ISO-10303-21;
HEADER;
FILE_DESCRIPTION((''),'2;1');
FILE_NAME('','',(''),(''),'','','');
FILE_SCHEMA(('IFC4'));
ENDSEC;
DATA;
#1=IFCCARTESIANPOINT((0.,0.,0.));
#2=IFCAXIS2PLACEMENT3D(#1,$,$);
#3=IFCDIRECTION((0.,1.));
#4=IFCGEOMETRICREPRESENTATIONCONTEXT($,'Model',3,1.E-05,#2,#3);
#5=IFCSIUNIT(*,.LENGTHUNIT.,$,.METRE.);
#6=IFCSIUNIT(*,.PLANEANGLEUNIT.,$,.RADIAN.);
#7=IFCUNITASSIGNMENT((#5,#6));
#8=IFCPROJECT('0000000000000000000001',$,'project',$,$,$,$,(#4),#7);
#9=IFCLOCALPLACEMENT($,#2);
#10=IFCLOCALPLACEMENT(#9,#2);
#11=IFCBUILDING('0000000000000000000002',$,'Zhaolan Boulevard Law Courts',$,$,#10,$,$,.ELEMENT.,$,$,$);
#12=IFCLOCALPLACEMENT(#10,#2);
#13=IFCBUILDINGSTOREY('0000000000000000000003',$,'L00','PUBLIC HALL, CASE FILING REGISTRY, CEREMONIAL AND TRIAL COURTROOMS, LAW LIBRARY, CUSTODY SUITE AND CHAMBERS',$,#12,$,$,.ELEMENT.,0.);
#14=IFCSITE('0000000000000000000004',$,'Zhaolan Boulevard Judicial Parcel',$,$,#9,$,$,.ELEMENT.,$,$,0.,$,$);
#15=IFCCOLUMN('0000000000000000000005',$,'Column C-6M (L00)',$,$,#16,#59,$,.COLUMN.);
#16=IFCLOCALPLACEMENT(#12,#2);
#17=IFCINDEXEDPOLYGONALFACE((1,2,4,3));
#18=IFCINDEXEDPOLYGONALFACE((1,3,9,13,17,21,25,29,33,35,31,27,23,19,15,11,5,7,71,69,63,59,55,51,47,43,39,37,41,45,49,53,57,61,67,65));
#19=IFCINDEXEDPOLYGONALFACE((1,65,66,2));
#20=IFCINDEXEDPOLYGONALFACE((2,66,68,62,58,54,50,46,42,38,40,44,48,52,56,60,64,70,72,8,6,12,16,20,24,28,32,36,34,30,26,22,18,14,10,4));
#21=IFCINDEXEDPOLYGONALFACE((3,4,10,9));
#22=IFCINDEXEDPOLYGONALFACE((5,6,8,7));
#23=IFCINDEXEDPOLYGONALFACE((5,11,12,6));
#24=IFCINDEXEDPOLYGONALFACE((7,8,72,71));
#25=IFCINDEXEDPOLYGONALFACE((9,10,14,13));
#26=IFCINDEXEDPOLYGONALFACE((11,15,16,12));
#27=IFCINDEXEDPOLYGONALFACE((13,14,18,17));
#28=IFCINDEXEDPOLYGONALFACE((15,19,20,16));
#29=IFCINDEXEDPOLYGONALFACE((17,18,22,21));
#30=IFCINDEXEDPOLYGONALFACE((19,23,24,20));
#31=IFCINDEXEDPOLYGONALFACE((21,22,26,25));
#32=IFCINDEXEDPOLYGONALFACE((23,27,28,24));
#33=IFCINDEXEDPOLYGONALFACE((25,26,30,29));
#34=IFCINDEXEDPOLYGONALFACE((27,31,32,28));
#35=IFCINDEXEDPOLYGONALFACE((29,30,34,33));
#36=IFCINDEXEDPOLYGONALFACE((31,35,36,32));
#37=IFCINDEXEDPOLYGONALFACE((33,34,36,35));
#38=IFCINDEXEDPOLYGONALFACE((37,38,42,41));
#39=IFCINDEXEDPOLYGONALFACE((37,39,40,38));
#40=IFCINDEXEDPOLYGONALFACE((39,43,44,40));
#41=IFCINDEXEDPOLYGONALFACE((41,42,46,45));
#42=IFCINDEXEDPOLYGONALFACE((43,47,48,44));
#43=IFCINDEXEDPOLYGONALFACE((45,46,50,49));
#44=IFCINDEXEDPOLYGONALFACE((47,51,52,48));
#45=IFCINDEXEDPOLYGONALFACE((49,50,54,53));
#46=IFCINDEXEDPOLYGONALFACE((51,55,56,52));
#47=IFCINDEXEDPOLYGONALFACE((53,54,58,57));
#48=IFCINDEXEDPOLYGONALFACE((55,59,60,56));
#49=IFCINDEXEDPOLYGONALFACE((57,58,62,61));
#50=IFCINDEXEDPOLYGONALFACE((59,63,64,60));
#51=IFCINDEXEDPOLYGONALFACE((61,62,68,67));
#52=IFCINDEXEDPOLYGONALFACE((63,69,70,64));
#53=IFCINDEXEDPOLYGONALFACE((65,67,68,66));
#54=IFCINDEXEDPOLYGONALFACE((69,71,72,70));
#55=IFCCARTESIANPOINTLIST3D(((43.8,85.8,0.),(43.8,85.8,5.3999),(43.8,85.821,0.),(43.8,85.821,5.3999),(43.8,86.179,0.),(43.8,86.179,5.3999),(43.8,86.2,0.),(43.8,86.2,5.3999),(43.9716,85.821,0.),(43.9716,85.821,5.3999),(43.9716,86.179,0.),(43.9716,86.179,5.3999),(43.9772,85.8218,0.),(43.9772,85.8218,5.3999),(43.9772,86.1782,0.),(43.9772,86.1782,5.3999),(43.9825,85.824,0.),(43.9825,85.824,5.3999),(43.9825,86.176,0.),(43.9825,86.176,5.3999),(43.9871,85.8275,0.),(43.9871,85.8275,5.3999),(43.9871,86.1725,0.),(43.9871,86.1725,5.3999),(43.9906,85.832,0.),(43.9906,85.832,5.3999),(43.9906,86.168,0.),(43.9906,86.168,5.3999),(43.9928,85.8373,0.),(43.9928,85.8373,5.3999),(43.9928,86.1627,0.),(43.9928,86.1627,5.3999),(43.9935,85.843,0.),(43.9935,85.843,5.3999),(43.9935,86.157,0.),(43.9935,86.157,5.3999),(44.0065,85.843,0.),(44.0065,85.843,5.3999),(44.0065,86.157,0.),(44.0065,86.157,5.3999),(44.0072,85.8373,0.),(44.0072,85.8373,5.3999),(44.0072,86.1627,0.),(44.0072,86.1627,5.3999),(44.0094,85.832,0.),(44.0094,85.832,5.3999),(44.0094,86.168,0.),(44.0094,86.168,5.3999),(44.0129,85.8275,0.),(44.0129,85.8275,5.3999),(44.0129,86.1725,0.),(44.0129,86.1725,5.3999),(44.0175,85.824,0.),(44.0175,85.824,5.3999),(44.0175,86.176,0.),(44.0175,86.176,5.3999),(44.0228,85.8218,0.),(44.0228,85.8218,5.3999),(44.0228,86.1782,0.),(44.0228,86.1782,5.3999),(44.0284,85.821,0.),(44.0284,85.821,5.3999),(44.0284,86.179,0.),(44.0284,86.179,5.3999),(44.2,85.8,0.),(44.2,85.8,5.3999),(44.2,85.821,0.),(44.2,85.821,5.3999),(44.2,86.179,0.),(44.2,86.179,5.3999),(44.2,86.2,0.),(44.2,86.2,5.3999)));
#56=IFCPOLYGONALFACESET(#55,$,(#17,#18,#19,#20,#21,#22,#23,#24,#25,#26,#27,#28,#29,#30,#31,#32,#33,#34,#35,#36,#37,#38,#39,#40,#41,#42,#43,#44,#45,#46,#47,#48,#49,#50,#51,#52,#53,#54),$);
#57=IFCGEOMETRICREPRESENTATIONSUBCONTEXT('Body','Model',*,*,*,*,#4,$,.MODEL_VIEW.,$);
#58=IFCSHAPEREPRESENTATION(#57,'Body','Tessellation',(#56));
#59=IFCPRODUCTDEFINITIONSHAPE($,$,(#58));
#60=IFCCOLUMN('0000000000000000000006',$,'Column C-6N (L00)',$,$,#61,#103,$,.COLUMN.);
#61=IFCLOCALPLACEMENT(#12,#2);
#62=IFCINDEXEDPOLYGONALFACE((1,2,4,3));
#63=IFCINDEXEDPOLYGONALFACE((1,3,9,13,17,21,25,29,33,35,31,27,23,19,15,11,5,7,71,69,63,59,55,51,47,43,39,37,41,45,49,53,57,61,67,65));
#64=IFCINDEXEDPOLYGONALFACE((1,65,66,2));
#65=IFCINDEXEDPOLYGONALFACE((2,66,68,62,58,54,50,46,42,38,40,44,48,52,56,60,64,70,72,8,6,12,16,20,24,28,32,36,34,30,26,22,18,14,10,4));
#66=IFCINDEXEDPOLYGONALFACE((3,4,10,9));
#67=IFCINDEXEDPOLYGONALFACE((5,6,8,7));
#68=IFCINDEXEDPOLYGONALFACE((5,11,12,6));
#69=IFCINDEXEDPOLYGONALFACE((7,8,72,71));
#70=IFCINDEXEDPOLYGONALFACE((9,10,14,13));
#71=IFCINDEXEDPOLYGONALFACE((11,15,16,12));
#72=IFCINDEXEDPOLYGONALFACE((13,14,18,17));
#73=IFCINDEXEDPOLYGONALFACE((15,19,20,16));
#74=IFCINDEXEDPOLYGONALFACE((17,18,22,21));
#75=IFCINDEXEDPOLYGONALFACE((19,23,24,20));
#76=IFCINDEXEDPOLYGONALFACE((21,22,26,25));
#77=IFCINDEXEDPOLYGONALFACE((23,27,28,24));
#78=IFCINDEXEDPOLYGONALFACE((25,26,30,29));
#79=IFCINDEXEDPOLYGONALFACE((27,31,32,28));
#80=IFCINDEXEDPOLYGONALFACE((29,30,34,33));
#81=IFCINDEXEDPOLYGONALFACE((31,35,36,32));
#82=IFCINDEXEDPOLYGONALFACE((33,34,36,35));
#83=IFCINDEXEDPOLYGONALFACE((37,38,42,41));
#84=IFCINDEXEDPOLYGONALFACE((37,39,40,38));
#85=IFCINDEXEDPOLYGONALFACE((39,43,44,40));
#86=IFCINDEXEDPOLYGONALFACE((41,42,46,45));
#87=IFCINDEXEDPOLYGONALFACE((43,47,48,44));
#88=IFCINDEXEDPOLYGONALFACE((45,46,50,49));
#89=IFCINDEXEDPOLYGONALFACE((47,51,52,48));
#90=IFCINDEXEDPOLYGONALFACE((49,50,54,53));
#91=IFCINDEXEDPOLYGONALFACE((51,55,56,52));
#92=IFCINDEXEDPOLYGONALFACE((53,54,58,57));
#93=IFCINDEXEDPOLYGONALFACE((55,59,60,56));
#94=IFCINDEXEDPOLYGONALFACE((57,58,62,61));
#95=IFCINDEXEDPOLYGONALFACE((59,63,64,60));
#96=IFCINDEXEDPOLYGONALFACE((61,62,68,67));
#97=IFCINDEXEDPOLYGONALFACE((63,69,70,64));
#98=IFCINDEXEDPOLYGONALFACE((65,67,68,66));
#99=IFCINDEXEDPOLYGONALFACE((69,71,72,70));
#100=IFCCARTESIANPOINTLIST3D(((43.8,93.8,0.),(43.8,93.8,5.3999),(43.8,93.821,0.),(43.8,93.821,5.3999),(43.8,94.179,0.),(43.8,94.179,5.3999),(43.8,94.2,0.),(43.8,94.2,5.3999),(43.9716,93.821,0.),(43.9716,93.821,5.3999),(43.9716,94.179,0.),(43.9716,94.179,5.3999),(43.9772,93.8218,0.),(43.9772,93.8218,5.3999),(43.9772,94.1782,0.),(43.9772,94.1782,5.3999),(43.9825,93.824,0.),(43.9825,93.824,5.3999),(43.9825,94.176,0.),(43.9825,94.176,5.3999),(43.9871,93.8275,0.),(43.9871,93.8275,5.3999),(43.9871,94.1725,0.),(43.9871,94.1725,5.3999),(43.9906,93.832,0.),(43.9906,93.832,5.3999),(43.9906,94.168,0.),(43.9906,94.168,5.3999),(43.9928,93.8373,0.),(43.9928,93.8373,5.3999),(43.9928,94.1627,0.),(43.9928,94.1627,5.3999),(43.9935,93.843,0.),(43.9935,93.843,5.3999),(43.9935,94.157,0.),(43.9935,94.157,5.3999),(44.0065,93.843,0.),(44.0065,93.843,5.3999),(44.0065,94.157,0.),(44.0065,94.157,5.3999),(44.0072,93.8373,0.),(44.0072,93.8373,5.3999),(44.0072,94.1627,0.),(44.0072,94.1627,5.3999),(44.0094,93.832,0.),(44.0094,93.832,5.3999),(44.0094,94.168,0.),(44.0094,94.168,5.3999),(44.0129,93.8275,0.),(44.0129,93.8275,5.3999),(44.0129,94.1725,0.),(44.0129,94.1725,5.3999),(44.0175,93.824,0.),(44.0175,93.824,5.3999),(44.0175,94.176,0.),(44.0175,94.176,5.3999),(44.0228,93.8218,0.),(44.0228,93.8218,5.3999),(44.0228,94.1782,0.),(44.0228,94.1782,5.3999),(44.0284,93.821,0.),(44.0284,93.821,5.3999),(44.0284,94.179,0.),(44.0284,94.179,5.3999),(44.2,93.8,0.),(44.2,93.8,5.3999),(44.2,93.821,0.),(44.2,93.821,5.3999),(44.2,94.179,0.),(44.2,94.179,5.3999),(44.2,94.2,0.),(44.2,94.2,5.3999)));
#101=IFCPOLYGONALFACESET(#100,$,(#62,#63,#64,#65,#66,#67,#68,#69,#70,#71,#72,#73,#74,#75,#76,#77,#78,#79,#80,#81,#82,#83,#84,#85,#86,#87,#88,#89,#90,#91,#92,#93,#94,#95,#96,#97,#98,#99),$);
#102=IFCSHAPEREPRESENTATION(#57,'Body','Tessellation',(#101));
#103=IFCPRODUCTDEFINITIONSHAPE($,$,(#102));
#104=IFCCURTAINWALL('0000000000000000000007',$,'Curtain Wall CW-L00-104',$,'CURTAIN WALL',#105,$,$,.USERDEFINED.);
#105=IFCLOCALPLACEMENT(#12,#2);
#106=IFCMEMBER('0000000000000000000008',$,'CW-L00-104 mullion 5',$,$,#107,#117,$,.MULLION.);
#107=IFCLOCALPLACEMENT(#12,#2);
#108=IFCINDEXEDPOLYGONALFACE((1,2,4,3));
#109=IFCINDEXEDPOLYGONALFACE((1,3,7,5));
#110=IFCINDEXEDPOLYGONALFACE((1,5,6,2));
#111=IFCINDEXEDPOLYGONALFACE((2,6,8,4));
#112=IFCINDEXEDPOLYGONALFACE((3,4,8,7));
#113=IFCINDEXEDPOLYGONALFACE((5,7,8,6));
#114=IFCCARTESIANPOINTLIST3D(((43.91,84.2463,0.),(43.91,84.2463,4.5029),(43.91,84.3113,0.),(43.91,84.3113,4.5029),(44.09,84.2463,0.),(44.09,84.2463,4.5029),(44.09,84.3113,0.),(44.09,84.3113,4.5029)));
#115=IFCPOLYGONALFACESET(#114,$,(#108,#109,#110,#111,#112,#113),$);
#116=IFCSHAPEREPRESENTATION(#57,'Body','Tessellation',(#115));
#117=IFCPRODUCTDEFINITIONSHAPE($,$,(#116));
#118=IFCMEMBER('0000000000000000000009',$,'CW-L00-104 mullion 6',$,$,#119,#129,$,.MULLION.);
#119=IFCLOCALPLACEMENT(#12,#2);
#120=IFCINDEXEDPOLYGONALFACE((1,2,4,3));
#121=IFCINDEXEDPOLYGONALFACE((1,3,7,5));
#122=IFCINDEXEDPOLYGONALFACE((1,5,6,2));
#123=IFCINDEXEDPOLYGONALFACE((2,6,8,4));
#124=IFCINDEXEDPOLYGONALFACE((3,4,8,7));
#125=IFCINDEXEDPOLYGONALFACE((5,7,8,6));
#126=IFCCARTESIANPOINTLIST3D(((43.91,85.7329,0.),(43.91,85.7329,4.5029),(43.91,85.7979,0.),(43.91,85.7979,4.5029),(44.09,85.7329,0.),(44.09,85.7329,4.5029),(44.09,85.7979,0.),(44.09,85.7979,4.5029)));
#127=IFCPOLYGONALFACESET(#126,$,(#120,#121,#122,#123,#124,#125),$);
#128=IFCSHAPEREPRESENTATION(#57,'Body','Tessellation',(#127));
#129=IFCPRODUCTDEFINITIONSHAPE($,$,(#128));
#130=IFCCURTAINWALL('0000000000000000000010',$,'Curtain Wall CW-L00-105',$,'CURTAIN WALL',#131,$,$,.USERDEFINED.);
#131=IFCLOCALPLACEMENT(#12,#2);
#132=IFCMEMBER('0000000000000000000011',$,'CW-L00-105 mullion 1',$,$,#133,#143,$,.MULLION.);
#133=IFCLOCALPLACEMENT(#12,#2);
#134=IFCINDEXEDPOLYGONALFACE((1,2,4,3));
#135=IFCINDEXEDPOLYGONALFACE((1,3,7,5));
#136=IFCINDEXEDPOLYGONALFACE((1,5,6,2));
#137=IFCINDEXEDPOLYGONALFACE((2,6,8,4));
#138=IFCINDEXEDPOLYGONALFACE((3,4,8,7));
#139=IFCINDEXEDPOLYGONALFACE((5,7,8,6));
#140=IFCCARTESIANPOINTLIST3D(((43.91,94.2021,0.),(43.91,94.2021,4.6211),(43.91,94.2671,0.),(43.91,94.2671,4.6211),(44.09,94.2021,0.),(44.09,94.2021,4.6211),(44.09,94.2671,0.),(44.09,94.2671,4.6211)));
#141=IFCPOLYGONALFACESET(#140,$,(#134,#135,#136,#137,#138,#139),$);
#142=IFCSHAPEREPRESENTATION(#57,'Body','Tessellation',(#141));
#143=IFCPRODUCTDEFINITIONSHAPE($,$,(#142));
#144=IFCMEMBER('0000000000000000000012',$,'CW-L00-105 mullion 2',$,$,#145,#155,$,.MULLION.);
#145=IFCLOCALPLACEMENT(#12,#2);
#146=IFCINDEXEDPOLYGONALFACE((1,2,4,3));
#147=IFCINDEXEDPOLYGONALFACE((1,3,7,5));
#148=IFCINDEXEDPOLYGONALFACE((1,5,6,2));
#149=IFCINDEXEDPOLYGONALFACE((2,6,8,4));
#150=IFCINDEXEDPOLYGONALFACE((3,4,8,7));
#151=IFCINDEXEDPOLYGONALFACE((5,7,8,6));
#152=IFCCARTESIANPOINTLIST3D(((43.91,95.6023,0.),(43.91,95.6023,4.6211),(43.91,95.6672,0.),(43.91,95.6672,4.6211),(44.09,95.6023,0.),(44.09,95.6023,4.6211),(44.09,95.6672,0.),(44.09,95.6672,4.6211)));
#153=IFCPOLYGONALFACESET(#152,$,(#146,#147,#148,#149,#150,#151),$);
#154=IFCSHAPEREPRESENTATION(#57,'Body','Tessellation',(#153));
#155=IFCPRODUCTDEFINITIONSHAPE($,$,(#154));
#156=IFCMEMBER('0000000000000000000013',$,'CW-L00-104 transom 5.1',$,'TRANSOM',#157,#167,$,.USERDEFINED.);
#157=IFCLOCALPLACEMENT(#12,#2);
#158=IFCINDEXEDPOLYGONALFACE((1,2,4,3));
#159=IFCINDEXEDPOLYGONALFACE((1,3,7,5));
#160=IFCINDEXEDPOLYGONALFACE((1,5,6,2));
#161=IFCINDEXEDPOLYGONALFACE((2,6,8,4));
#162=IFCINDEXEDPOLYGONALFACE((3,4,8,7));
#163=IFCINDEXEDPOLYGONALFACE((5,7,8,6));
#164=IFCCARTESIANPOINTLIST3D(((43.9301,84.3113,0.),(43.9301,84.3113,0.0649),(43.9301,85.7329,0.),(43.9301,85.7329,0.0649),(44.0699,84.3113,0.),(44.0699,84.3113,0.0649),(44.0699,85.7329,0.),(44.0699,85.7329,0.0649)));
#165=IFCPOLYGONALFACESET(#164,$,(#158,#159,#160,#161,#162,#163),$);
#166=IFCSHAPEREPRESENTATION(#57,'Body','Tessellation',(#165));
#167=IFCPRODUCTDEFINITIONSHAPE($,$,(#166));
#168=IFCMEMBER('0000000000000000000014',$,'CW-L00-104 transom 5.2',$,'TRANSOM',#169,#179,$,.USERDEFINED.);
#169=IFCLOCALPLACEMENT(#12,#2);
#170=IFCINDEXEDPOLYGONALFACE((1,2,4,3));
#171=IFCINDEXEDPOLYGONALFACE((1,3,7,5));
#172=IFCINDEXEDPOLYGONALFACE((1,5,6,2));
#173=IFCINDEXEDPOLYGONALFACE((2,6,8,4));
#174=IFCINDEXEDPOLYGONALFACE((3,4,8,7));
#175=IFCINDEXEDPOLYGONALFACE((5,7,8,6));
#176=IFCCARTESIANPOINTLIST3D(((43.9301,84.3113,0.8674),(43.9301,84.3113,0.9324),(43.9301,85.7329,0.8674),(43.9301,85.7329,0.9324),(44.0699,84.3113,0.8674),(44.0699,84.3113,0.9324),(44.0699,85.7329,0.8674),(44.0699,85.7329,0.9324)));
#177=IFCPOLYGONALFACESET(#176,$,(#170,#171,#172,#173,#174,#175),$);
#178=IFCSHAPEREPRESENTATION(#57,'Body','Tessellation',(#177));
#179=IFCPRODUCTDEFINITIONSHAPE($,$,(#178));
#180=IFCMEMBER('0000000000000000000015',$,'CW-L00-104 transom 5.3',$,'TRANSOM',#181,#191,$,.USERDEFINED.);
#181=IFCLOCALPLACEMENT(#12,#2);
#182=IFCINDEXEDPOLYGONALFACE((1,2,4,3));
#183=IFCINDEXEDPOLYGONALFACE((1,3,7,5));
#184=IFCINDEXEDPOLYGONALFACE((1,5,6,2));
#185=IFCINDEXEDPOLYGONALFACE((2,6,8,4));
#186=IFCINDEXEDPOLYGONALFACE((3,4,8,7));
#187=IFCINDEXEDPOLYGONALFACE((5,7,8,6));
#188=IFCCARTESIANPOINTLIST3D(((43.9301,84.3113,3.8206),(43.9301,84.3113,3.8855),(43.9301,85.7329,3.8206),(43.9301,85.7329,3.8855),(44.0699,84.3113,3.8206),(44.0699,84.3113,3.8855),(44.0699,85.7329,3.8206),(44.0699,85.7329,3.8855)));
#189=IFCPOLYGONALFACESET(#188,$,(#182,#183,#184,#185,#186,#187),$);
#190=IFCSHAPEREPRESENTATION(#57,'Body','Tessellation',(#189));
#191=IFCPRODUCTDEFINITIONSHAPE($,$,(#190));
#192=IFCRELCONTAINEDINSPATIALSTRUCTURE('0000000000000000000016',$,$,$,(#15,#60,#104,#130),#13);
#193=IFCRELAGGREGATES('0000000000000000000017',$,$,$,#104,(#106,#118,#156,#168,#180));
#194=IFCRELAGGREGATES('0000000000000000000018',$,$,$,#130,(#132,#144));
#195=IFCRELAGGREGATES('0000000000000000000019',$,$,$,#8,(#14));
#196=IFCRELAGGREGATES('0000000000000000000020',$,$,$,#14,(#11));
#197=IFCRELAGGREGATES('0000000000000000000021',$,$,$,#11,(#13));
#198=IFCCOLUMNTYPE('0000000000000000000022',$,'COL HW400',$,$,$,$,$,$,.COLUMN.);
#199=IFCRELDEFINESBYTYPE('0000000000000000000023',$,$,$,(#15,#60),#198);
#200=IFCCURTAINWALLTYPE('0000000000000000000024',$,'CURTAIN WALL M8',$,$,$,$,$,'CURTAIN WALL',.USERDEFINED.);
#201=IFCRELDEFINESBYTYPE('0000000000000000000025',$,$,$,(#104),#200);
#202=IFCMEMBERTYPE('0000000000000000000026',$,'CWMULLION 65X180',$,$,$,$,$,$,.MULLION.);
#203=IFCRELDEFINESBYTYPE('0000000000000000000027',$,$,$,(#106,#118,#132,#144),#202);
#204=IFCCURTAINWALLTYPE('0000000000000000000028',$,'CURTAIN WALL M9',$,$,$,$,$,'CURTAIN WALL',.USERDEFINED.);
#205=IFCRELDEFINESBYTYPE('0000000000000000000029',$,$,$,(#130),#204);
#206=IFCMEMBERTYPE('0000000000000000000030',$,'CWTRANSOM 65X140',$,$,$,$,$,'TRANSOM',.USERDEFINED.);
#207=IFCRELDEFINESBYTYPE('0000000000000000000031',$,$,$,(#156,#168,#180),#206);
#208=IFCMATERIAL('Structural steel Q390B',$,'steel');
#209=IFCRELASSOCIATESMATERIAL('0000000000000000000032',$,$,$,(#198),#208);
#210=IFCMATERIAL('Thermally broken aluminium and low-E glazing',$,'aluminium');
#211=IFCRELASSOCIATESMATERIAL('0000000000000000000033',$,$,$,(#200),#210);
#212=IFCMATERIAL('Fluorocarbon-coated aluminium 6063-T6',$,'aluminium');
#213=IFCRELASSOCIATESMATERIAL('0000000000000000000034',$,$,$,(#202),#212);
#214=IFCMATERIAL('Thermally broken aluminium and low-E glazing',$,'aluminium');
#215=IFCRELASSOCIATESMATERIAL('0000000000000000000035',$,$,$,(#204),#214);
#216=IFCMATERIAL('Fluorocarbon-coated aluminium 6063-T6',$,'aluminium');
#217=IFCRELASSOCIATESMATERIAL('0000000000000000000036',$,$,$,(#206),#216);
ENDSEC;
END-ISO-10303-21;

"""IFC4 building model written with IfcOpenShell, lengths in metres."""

from ifc_helpers import new_model, si_unit, direction, frame, origin, origin_2d, place, context, subcontext, project, spatial, rectangle, i_section, extrude, material, material_profile, profile_set, type_object, element, aggregate, save


model = new_model("IFC4")

# Units and contexts
model_context = context("Model", 3, precision=1e-05, world=origin(), true_north=direction((0.0, 1.0)))
body_context = subcontext(model_context, "Body", "Model", "MODEL_VIEW")
ifc_project = project(units=[si_unit("LENGTHUNIT", "METRE"), si_unit("PLANEANGLEUNIT", "RADIAN")], contexts=[model_context])

# Site, building, storey
site_placement = place(None, origin())
site = spatial("IfcSite", under=ifc_project, at=site_placement, Name="Zhaolan Boulevard Judicial Parcel", CompositionType="ELEMENT", RefElevation=0.0)
building_placement = place(site_placement, origin())
building = spatial("IfcBuilding", under=site, at=building_placement, Name="Zhaolan Boulevard Law Courts", CompositionType="ELEMENT")
storey_placement = place(building_placement, origin())
storey = spatial("IfcBuildingStorey", under=building, at=storey_placement, Name="L00", Description="PUBLIC HALL, CASE FILING REGISTRY, CEREMONIAL AND TRIAL COURTROOMS, LAW LIBRARY, CUSTODY SUITE AND CHAMBERS", CompositionType="ELEMENT", Elevation=0.0)

# Columns
ifc_material_1 = material(Name="Structural steel Q390B", Category="steel")
ifc_material_profile_1 = material_profile(ifc_material_1, i_section(OverallWidth=0.3999, OverallDepth=0.3999, WebThickness=0.0129, FlangeThickness=0.021, FilletRadius=0.022, at=origin_2d()), Name="HW400x400")
ifc_profile_set_1 = profile_set([ifc_material_profile_1], Name="Structural steel Q390B")
column_type = type_object("IfcColumnType", Name="COL HW400", PredefinedType="COLUMN", material=ifc_profile_set_1)
for number, where, z_axis, x_axis, name in (
    (1, (44.0, 86.0, 0.0), (0.0, 0.0, 1.0), (1.0, 0.0, 0.0), "Column C-6M (L00)"),
    (2, (44.0, 94.0, 0.0), (0.0, 0.0, 1.0), (1.0, 0.0, 0.0), "Column C-6N (L00)"),
):
    element("IfcColumn", number, at=place(storey_placement, frame(where, z_axis=z_axis, x_axis=x_axis)), inside=storey, type_object=column_type, Name=name, PredefinedType="COLUMN", context=body_context, shape_type="SweptSolid", body=[
        extrude(i_section(OverallWidth=0.3999, OverallDepth=0.3999, WebThickness=0.0129, FlangeThickness=0.021, FilletRadius=0.022, at=origin_2d()), origin(), (0.0, 0.0, 1.0), 5.3999),
    ])

# Curtain walls, members
ifc_material_2 = material(Name="Thermally broken aluminium and low-E glazing", Category="aluminium")
curtain_wall_type_1 = type_object("IfcCurtainWallType", Name="CURTAIN WALL M8", ElementType="CURTAIN WALL", PredefinedType="USERDEFINED", material=ifc_material_2)
curtain_wall_1_placement = place(storey_placement, origin())
curtain_wall_1 = element("IfcCurtainWall", 3, at=curtain_wall_1_placement, inside=storey, type_object=curtain_wall_type_1, Name="Curtain Wall CW-L00-104", ObjectType="CURTAIN WALL", PredefinedType="USERDEFINED")
ifc_material_3 = material(Name="Fluorocarbon-coated aluminium 6063-T6", Category="aluminium")
ifc_material_profile_2 = material_profile(ifc_material_3, rectangle(XDim=0.1799, YDim=0.0649, at=origin_2d()), Name="AL65x180")
ifc_profile_set_2 = profile_set([ifc_material_profile_2], Name="Fluorocarbon-coated aluminium 6063-T6")
member_type_1 = type_object("IfcMemberType", Name="CWMULLION 65X180", PredefinedType="MULLION", material=ifc_profile_set_2)
member_1_placement = place(storey_placement, frame((44.0, 84.2788, 0.0), z_axis=(0.0, 0.0, 1.0), x_axis=(-1.0, 0.0, 0.0)))
member_1 = element("IfcMember", 4, at=member_1_placement, type_object=member_type_1, Name="CW-L00-104 mullion 5", PredefinedType="MULLION", context=body_context, shape_type="SweptSolid", body=[
    extrude(rectangle(XDim=0.1799, YDim=0.0649, at=origin_2d()), origin(), (0.0, 0.0, 1.0), 4.5029),
])
member_2_placement = place(storey_placement, frame((44.0, 85.7654, 0.0), z_axis=(0.0, 0.0, 1.0), x_axis=(-1.0, 0.0, 0.0)))
member_2 = element("IfcMember", 5, at=member_2_placement, type_object=member_type_1, Name="CW-L00-104 mullion 6", PredefinedType="MULLION", context=body_context, shape_type="SweptSolid", body=[
    extrude(rectangle(XDim=0.1799, YDim=0.0649, at=origin_2d()), origin(), (0.0, 0.0, 1.0), 4.5029),
])
ifc_material_4 = material(Name="Thermally broken aluminium and low-E glazing", Category="aluminium")
curtain_wall_type_2 = type_object("IfcCurtainWallType", Name="CURTAIN WALL M9", ElementType="CURTAIN WALL", PredefinedType="USERDEFINED", material=ifc_material_4)
curtain_wall_2_placement = place(storey_placement, origin())
curtain_wall_2 = element("IfcCurtainWall", 6, at=curtain_wall_2_placement, inside=storey, type_object=curtain_wall_type_2, Name="Curtain Wall CW-L00-105", ObjectType="CURTAIN WALL", PredefinedType="USERDEFINED")
member_3_placement = place(storey_placement, frame((44.0, 94.2346, 0.0), z_axis=(0.0, 0.0, 1.0), x_axis=(-1.0, 0.0, 0.0)))
member_3 = element("IfcMember", 7, at=member_3_placement, type_object=member_type_1, Name="CW-L00-105 mullion 1", PredefinedType="MULLION", context=body_context, shape_type="SweptSolid", body=[
    extrude(rectangle(XDim=0.1799, YDim=0.0649, at=origin_2d()), origin(), (0.0, 0.0, 1.0), 4.6211),
])
member_4_placement = place(storey_placement, frame((44.0, 95.6348, 0.0), z_axis=(0.0, 0.0, 1.0), x_axis=(-1.0, 0.0, 0.0)))
member_4 = element("IfcMember", 8, at=member_4_placement, type_object=member_type_1, Name="CW-L00-105 mullion 2", PredefinedType="MULLION", context=body_context, shape_type="SweptSolid", body=[
    extrude(rectangle(XDim=0.1799, YDim=0.0649, at=origin_2d()), origin(), (0.0, 0.0, 1.0), 4.6211),
])

# Members
ifc_material_5 = material(Name="Fluorocarbon-coated aluminium 6063-T6", Category="aluminium")
ifc_material_profile_3 = material_profile(ifc_material_5, rectangle(XDim=0.1399, YDim=0.0649, at=origin_2d()), Name="AL65x140")
ifc_profile_set_3 = profile_set([ifc_material_profile_3], Name="Fluorocarbon-coated aluminium 6063-T6")
member_type_2 = type_object("IfcMemberType", Name="CWTRANSOM 65X140", ElementType="TRANSOM", PredefinedType="USERDEFINED", material=ifc_profile_set_3)
member_5_placement = place(storey_placement, frame((44.0, 84.3113, 0.0325), z_axis=(0.0, 1.0, 0.0), x_axis=(-1.0, 0.0, 0.0)))
member_5 = element("IfcMember", 9, at=member_5_placement, type_object=member_type_2, Name="CW-L00-104 transom 5.1", ObjectType="TRANSOM", PredefinedType="USERDEFINED", context=body_context, shape_type="SweptSolid", body=[
    extrude(rectangle(XDim=0.1399, YDim=0.0649, at=origin_2d()), origin(), (0.0, 0.0, 1.0), 1.4216),
])
member_6_placement = place(storey_placement, frame((44.0, 84.3113, 0.8999), z_axis=(0.0, 1.0, 0.0), x_axis=(-1.0, 0.0, 0.0)))
member_6 = element("IfcMember", 10, at=member_6_placement, type_object=member_type_2, Name="CW-L00-104 transom 5.2", ObjectType="TRANSOM", PredefinedType="USERDEFINED", context=body_context, shape_type="SweptSolid", body=[
    extrude(rectangle(XDim=0.1399, YDim=0.0649, at=origin_2d()), origin(), (0.0, 0.0, 1.0), 1.4216),
])
member_7_placement = place(storey_placement, frame((44.0, 84.3113, 3.853), z_axis=(0.0, 1.0, 0.0), x_axis=(-1.0, 0.0, 0.0)))
member_7 = element("IfcMember", 11, at=member_7_placement, type_object=member_type_2, Name="CW-L00-104 transom 5.3", ObjectType="TRANSOM", PredefinedType="USERDEFINED", context=body_context, shape_type="SweptSolid", body=[
    extrude(rectangle(XDim=0.1399, YDim=0.0649, at=origin_2d()), origin(), (0.0, 0.0, 1.0), 1.4216),
])

aggregate(curtain_wall_1, [member_1, member_2, member_5, member_6, member_7])
aggregate(curtain_wall_2, [member_3, member_4])

save(model, "model.ifc")
